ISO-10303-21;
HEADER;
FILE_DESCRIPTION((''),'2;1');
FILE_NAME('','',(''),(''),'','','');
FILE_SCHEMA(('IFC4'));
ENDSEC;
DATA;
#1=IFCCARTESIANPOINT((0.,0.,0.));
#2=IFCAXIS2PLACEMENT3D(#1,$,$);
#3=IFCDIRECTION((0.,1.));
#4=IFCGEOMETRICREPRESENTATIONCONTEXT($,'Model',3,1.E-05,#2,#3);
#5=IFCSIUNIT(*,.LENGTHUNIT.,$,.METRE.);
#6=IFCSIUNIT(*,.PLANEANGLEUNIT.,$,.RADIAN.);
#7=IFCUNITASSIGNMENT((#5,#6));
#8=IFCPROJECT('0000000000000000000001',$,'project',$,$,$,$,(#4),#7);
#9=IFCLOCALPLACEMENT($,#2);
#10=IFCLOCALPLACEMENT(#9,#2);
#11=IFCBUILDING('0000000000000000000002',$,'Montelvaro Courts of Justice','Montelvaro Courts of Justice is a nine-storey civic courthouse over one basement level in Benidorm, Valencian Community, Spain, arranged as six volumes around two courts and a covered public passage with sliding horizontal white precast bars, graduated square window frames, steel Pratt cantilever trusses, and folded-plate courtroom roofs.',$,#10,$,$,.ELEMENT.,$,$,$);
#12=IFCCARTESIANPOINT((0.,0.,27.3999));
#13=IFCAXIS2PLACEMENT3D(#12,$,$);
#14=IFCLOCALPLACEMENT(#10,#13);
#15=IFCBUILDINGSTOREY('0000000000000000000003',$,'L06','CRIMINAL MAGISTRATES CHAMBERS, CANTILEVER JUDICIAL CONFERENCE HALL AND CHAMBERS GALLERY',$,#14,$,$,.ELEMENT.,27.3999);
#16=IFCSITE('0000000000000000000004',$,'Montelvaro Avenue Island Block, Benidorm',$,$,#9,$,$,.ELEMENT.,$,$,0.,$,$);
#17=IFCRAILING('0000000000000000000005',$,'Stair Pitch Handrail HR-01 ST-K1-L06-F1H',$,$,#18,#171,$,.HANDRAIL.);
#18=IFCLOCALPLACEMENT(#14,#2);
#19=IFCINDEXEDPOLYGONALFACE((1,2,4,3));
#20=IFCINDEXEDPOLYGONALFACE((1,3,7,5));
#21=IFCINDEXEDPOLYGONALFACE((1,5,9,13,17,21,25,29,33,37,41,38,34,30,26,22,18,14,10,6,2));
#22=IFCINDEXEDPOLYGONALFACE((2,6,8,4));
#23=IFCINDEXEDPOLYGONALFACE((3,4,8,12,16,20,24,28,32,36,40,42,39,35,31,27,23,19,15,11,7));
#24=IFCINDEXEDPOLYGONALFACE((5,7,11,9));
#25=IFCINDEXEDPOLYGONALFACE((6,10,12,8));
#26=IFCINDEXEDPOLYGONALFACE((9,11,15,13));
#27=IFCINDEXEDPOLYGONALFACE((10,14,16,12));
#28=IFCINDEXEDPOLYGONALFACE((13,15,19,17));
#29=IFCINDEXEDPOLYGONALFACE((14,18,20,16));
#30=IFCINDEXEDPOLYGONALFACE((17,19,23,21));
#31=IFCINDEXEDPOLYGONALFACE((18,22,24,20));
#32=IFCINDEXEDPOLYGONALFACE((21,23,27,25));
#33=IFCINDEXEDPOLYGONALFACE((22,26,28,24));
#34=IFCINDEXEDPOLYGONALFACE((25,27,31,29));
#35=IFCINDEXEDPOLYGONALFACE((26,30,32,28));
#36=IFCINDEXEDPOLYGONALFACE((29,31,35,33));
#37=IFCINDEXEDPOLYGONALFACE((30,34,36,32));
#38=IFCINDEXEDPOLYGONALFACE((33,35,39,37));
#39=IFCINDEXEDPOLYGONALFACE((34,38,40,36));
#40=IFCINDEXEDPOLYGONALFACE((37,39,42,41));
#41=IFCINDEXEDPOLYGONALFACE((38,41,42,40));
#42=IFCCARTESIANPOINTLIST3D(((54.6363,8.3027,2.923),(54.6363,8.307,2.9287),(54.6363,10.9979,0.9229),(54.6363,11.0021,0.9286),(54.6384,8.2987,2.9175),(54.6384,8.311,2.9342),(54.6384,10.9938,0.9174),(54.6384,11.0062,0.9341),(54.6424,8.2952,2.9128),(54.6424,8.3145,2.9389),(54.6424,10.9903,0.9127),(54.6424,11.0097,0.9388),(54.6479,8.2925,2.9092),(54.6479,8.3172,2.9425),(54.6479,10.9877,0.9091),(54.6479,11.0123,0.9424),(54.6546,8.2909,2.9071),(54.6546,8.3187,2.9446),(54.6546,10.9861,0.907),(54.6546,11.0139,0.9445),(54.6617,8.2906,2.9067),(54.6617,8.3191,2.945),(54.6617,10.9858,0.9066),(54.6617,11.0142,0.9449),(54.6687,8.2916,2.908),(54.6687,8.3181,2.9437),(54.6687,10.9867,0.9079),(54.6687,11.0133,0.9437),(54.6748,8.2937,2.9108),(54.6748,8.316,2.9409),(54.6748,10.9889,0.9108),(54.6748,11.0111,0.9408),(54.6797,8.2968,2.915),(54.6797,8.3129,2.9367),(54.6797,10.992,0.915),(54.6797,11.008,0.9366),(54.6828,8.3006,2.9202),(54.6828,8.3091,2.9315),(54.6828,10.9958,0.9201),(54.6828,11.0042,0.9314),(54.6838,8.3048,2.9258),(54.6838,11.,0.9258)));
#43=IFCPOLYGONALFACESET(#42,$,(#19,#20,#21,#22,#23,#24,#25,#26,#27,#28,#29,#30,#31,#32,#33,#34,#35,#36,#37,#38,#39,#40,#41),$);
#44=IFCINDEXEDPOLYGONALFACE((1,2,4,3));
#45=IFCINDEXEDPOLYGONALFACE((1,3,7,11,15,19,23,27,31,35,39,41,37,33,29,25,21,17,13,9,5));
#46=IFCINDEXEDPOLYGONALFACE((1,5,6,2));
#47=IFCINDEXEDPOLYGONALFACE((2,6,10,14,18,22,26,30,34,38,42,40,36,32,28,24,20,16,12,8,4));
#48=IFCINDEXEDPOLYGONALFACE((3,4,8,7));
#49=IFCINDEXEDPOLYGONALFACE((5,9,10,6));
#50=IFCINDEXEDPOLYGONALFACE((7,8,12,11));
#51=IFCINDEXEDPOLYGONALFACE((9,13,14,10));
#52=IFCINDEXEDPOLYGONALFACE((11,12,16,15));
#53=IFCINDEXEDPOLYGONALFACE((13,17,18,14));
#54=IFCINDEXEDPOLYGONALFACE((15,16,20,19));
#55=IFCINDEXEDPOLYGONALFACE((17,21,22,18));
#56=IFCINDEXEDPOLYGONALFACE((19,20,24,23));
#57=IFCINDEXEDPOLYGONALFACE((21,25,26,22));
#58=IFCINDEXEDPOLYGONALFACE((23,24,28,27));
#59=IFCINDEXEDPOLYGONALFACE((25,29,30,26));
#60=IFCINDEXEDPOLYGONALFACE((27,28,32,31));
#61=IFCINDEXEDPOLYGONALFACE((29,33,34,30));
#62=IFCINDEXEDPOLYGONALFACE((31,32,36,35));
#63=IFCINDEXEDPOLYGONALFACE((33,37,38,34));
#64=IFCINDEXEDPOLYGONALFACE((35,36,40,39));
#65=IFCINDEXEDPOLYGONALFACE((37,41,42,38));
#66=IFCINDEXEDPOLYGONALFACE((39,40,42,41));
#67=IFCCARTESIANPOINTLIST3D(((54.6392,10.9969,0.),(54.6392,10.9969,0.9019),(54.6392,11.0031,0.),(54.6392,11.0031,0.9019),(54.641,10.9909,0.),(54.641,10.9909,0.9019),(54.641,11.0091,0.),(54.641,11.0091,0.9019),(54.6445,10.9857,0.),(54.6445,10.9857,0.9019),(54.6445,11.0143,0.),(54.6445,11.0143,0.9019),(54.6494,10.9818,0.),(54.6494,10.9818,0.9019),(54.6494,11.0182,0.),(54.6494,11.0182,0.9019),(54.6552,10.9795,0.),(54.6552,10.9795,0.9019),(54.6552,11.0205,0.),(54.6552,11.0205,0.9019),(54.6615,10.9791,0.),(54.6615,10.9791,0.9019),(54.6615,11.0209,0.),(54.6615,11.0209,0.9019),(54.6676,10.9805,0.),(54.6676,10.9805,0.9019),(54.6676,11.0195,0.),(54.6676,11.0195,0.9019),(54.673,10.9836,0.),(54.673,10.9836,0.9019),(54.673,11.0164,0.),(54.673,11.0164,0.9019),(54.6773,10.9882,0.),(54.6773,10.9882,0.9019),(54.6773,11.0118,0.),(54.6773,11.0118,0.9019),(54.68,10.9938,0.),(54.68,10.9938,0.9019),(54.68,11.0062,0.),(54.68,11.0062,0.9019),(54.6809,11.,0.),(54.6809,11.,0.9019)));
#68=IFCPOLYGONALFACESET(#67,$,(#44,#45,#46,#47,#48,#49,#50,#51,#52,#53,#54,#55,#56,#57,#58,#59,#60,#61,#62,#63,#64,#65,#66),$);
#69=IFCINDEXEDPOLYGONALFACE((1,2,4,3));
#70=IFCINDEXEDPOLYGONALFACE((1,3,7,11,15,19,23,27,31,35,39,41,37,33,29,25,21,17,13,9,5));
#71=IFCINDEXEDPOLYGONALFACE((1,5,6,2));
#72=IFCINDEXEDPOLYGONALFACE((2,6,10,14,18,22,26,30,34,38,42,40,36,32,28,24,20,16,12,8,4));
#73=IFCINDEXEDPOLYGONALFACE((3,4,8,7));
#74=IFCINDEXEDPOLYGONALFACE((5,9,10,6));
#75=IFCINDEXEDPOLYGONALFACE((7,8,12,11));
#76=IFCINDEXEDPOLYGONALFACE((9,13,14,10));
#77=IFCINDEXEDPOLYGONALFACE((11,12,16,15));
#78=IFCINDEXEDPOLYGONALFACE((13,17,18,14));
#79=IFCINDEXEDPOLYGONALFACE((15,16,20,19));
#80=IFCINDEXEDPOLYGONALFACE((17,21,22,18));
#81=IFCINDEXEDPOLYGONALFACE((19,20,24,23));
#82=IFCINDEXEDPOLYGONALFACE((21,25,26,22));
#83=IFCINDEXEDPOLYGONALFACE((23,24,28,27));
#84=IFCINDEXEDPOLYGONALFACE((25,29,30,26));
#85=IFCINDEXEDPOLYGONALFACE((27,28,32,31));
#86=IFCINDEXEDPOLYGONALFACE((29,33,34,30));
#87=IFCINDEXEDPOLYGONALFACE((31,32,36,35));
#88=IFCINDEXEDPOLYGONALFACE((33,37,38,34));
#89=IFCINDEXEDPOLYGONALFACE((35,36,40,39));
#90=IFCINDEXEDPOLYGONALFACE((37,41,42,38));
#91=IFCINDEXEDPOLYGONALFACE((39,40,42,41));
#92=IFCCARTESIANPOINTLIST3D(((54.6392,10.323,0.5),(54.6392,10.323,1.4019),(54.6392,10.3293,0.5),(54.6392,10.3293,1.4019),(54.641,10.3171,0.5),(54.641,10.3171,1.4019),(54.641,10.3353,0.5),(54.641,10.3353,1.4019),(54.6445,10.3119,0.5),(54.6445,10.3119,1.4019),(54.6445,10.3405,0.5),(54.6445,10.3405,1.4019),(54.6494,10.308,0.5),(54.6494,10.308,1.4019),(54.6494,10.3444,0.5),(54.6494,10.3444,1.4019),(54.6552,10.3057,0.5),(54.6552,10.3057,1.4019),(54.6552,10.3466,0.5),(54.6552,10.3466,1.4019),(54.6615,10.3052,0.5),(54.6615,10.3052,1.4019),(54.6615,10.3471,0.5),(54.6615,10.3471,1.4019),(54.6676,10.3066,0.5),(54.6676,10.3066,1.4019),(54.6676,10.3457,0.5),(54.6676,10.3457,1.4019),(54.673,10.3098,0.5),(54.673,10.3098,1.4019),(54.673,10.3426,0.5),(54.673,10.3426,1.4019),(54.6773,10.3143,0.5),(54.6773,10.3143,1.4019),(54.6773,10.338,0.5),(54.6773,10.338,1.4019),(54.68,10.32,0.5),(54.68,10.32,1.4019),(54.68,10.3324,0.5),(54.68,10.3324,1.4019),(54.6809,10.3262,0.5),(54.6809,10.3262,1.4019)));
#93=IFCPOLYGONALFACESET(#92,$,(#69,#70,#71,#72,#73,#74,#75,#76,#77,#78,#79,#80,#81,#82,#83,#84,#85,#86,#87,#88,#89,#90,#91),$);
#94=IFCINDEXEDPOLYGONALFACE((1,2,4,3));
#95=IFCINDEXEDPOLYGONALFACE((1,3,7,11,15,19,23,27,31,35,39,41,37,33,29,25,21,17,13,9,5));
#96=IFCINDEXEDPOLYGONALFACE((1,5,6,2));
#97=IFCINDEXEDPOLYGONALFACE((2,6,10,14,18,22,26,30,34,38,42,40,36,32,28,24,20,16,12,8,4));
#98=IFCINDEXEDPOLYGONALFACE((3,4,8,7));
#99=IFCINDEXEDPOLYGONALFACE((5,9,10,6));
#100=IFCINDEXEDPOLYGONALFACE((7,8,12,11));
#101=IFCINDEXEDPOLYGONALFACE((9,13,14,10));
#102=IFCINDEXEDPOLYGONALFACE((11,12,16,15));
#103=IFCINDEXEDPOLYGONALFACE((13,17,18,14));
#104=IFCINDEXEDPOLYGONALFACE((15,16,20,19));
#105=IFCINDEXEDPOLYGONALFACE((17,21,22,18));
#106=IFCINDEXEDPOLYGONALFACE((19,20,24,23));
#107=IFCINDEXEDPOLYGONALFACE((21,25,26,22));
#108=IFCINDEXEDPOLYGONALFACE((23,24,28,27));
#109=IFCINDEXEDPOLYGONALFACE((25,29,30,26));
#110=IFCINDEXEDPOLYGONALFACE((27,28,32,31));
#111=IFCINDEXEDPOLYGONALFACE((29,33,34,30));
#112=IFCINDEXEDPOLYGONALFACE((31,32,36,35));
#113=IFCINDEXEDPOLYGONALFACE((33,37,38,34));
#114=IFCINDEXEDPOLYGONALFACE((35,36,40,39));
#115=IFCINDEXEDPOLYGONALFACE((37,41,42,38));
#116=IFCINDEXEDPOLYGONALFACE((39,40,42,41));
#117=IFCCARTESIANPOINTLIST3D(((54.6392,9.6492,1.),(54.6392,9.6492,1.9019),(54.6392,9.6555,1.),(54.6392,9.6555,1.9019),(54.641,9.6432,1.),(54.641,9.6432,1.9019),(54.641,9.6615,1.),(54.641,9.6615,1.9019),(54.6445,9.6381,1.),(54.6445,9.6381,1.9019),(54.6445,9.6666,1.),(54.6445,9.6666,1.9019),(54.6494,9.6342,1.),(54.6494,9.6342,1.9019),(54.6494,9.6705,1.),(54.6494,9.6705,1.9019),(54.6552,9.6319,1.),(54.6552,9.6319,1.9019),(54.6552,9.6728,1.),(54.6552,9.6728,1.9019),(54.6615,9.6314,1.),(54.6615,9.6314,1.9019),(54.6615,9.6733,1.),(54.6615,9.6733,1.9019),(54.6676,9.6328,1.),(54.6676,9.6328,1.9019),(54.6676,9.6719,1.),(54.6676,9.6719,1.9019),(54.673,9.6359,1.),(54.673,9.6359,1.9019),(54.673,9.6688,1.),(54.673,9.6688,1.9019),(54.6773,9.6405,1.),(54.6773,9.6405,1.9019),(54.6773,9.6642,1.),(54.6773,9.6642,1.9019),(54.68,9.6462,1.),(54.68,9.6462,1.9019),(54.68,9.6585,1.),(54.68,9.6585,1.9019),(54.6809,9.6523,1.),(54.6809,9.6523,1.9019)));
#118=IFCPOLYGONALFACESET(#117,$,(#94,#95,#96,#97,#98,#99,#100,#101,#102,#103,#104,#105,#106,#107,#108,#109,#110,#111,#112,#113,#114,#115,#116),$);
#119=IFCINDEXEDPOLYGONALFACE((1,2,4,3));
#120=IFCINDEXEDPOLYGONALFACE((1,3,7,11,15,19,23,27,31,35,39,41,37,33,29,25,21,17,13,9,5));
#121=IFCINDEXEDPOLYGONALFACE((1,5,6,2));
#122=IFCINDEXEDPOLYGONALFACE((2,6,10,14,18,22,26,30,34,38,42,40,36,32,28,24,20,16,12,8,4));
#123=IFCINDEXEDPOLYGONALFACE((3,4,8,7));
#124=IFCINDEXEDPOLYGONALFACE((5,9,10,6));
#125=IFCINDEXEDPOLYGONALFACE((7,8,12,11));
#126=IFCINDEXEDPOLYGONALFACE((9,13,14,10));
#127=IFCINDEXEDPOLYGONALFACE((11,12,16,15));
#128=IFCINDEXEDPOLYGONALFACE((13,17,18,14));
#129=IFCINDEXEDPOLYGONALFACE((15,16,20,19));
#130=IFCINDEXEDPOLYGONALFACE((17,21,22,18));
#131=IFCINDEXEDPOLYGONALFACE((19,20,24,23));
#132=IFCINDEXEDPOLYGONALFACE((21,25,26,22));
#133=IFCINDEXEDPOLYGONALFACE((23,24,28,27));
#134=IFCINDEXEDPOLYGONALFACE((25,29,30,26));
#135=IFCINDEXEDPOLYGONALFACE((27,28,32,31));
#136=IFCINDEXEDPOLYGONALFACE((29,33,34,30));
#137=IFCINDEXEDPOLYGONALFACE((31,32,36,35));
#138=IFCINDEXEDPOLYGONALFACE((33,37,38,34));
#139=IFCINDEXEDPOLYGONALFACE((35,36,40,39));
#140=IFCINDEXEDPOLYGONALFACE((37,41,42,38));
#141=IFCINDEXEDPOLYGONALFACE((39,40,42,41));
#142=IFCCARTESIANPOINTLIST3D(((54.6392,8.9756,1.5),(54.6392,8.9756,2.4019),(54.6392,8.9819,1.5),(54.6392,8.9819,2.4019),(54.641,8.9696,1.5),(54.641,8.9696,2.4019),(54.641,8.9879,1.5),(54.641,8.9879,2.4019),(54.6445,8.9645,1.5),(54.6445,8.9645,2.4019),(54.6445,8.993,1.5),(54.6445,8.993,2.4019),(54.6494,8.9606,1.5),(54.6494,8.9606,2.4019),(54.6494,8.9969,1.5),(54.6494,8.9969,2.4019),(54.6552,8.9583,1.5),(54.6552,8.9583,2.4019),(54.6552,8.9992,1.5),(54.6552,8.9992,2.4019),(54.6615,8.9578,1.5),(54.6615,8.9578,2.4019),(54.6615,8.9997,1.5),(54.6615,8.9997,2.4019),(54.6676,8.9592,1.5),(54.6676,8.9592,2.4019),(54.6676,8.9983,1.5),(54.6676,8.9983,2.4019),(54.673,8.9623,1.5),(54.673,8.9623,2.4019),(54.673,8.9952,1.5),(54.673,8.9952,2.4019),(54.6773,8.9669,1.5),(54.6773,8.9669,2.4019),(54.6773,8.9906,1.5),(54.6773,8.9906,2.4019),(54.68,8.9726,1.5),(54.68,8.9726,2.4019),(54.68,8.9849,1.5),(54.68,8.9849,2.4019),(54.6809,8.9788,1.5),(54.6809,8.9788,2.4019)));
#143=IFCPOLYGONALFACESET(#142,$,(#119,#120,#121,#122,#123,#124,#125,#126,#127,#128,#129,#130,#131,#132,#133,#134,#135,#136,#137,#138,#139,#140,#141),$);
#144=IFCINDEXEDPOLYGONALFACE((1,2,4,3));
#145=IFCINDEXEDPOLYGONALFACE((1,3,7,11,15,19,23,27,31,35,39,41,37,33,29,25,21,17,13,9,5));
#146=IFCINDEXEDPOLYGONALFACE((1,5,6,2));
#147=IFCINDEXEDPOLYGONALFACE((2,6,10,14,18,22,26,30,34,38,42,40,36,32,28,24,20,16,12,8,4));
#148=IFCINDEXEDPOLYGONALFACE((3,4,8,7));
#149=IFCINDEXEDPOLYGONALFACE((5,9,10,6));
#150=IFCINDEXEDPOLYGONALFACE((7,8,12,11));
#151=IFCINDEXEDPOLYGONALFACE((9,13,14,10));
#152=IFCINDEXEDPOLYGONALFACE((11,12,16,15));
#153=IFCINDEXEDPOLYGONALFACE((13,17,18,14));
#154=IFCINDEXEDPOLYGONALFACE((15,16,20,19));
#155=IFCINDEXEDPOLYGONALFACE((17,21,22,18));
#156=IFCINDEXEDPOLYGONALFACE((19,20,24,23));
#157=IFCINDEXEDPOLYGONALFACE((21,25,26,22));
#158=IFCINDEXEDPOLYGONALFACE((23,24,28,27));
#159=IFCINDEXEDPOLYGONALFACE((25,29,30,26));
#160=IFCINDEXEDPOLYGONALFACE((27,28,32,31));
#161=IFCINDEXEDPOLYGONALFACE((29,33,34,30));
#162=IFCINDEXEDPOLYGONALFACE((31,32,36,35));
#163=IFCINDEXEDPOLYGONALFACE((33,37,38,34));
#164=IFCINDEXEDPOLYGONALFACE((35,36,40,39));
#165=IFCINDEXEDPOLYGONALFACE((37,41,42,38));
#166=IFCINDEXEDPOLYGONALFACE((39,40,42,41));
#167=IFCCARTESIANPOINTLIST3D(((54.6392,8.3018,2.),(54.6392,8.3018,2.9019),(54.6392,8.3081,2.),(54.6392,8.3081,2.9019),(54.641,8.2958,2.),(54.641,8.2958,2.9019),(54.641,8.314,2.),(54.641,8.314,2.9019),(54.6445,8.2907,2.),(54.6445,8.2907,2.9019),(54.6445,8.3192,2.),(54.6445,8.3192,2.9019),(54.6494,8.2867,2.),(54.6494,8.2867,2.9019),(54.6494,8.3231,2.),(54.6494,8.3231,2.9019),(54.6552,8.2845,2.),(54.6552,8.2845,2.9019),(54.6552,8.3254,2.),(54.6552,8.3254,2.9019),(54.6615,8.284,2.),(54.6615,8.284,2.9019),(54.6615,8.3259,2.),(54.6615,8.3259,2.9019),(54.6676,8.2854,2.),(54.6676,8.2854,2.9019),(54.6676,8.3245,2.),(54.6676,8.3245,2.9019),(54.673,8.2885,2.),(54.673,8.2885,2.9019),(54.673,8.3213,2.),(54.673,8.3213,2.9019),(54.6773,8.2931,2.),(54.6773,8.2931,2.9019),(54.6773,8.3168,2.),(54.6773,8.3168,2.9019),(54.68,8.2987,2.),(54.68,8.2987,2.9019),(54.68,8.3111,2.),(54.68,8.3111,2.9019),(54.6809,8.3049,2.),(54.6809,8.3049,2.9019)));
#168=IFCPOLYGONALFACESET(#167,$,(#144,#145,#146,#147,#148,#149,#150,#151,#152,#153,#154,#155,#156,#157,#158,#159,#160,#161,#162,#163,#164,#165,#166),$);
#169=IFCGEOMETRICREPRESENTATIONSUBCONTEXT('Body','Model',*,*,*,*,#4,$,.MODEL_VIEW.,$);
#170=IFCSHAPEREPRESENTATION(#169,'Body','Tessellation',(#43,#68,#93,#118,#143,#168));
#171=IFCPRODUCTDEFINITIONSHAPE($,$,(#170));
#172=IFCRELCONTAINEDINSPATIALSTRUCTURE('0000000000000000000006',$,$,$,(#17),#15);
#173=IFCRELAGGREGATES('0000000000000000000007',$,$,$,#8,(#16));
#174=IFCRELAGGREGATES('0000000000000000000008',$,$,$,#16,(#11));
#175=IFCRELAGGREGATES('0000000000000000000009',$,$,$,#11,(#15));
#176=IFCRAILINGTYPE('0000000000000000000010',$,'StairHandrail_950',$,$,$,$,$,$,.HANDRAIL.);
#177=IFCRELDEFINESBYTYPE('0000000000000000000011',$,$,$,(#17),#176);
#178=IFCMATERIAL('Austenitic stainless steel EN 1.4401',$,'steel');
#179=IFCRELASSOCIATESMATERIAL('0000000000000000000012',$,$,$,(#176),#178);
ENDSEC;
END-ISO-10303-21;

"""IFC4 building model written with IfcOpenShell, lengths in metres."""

from ifc_helpers import new_model, si_unit, direction, frame, origin, origin_2d, place, context, subcontext, project, spatial, circle, extrude, material, type_object, element, save


model = new_model("IFC4")

# Units and contexts
model_context = context("Model", 3, precision=1e-05, world=origin(), true_north=direction((0.0, 1.0)))
body_context = subcontext(model_context, "Body", "Model", "MODEL_VIEW")
ifc_project = project(units=[si_unit("LENGTHUNIT", "METRE"), si_unit("PLANEANGLEUNIT", "RADIAN")], contexts=[model_context])

# Site, building, storey
site_placement = place(None, origin())
site = spatial("IfcSite", under=ifc_project, at=site_placement, Name="Montelvaro Avenue Island Block, Benidorm", CompositionType="ELEMENT", RefElevation=0.0)
building_placement = place(site_placement, origin())
building = spatial("IfcBuilding", under=site, at=building_placement, Name="Montelvaro Courts of Justice", Description="Montelvaro Courts of Justice is a nine-storey civic courthouse over one basement level in Benidorm, Valencian Community, Spain, arranged as six volumes around two courts and a covered public passage with sliding horizontal white precast bars, graduated square window frames, steel Pratt cantilever trusses, and folded-plate courtroom roofs.", CompositionType="ELEMENT")
storey_placement = place(building_placement, frame((0.0, 0.0, 27.3999)))
storey = spatial("IfcBuildingStorey", under=building, at=storey_placement, Name="L06", Description="CRIMINAL MAGISTRATES CHAMBERS, CANTILEVER JUDICIAL CONFERENCE HALL AND CHAMBERS GALLERY", CompositionType="ELEMENT", Elevation=27.3999)

# Railing
ifc_material_1 = material(Name="Austenitic stainless steel EN 1.4401", Category="steel")
railing_type_1 = type_object("IfcRailingType", Name="StairHandrail_950", PredefinedType="HANDRAIL", material=ifc_material_1)
railing_1_placement = place(storey_placement, frame((54.6599, 11.0, 0.0)))
element("IfcRailing", 1, at=railing_1_placement, inside=storey, type_object=railing_type_1, Name="Stair Pitch Handrail HR-01 ST-K1-L06-F1H", PredefinedType="HANDRAIL", context=body_context, shape_type="SweptSolid", body=[
    extrude(circle(Radius=0.0239, at=origin_2d()), frame((0.0, 0.0, 0.9258), z_axis=(0.0, -0.803036, 0.59593), x_axis=(1.0, 0.0, 0.0)), (0.0, 0.0, 1.0), 3.3562),
    extrude(circle(Radius=0.021, at=origin_2d()), origin(), (0.0, 0.0, 1.0), 0.9019),
    extrude(circle(Radius=0.021, at=origin_2d()), frame((0.0, -0.6738, 0.5)), (0.0, 0.0, 1.0), 0.9019),
    extrude(circle(Radius=0.021, at=origin_2d()), frame((0.0, -1.3477, 1.0)), (0.0, 0.0, 1.0), 0.9019),
    extrude(circle(Radius=0.021, at=origin_2d()), frame((0.0, -2.0212, 1.5)), (0.0, 0.0, 1.0), 0.9019),
    extrude(circle(Radius=0.021, at=origin_2d()), frame((0.0, -2.6951, 2.0)), (0.0, 0.0, 1.0), 0.9019),
])

save(model, "model.ifc")
